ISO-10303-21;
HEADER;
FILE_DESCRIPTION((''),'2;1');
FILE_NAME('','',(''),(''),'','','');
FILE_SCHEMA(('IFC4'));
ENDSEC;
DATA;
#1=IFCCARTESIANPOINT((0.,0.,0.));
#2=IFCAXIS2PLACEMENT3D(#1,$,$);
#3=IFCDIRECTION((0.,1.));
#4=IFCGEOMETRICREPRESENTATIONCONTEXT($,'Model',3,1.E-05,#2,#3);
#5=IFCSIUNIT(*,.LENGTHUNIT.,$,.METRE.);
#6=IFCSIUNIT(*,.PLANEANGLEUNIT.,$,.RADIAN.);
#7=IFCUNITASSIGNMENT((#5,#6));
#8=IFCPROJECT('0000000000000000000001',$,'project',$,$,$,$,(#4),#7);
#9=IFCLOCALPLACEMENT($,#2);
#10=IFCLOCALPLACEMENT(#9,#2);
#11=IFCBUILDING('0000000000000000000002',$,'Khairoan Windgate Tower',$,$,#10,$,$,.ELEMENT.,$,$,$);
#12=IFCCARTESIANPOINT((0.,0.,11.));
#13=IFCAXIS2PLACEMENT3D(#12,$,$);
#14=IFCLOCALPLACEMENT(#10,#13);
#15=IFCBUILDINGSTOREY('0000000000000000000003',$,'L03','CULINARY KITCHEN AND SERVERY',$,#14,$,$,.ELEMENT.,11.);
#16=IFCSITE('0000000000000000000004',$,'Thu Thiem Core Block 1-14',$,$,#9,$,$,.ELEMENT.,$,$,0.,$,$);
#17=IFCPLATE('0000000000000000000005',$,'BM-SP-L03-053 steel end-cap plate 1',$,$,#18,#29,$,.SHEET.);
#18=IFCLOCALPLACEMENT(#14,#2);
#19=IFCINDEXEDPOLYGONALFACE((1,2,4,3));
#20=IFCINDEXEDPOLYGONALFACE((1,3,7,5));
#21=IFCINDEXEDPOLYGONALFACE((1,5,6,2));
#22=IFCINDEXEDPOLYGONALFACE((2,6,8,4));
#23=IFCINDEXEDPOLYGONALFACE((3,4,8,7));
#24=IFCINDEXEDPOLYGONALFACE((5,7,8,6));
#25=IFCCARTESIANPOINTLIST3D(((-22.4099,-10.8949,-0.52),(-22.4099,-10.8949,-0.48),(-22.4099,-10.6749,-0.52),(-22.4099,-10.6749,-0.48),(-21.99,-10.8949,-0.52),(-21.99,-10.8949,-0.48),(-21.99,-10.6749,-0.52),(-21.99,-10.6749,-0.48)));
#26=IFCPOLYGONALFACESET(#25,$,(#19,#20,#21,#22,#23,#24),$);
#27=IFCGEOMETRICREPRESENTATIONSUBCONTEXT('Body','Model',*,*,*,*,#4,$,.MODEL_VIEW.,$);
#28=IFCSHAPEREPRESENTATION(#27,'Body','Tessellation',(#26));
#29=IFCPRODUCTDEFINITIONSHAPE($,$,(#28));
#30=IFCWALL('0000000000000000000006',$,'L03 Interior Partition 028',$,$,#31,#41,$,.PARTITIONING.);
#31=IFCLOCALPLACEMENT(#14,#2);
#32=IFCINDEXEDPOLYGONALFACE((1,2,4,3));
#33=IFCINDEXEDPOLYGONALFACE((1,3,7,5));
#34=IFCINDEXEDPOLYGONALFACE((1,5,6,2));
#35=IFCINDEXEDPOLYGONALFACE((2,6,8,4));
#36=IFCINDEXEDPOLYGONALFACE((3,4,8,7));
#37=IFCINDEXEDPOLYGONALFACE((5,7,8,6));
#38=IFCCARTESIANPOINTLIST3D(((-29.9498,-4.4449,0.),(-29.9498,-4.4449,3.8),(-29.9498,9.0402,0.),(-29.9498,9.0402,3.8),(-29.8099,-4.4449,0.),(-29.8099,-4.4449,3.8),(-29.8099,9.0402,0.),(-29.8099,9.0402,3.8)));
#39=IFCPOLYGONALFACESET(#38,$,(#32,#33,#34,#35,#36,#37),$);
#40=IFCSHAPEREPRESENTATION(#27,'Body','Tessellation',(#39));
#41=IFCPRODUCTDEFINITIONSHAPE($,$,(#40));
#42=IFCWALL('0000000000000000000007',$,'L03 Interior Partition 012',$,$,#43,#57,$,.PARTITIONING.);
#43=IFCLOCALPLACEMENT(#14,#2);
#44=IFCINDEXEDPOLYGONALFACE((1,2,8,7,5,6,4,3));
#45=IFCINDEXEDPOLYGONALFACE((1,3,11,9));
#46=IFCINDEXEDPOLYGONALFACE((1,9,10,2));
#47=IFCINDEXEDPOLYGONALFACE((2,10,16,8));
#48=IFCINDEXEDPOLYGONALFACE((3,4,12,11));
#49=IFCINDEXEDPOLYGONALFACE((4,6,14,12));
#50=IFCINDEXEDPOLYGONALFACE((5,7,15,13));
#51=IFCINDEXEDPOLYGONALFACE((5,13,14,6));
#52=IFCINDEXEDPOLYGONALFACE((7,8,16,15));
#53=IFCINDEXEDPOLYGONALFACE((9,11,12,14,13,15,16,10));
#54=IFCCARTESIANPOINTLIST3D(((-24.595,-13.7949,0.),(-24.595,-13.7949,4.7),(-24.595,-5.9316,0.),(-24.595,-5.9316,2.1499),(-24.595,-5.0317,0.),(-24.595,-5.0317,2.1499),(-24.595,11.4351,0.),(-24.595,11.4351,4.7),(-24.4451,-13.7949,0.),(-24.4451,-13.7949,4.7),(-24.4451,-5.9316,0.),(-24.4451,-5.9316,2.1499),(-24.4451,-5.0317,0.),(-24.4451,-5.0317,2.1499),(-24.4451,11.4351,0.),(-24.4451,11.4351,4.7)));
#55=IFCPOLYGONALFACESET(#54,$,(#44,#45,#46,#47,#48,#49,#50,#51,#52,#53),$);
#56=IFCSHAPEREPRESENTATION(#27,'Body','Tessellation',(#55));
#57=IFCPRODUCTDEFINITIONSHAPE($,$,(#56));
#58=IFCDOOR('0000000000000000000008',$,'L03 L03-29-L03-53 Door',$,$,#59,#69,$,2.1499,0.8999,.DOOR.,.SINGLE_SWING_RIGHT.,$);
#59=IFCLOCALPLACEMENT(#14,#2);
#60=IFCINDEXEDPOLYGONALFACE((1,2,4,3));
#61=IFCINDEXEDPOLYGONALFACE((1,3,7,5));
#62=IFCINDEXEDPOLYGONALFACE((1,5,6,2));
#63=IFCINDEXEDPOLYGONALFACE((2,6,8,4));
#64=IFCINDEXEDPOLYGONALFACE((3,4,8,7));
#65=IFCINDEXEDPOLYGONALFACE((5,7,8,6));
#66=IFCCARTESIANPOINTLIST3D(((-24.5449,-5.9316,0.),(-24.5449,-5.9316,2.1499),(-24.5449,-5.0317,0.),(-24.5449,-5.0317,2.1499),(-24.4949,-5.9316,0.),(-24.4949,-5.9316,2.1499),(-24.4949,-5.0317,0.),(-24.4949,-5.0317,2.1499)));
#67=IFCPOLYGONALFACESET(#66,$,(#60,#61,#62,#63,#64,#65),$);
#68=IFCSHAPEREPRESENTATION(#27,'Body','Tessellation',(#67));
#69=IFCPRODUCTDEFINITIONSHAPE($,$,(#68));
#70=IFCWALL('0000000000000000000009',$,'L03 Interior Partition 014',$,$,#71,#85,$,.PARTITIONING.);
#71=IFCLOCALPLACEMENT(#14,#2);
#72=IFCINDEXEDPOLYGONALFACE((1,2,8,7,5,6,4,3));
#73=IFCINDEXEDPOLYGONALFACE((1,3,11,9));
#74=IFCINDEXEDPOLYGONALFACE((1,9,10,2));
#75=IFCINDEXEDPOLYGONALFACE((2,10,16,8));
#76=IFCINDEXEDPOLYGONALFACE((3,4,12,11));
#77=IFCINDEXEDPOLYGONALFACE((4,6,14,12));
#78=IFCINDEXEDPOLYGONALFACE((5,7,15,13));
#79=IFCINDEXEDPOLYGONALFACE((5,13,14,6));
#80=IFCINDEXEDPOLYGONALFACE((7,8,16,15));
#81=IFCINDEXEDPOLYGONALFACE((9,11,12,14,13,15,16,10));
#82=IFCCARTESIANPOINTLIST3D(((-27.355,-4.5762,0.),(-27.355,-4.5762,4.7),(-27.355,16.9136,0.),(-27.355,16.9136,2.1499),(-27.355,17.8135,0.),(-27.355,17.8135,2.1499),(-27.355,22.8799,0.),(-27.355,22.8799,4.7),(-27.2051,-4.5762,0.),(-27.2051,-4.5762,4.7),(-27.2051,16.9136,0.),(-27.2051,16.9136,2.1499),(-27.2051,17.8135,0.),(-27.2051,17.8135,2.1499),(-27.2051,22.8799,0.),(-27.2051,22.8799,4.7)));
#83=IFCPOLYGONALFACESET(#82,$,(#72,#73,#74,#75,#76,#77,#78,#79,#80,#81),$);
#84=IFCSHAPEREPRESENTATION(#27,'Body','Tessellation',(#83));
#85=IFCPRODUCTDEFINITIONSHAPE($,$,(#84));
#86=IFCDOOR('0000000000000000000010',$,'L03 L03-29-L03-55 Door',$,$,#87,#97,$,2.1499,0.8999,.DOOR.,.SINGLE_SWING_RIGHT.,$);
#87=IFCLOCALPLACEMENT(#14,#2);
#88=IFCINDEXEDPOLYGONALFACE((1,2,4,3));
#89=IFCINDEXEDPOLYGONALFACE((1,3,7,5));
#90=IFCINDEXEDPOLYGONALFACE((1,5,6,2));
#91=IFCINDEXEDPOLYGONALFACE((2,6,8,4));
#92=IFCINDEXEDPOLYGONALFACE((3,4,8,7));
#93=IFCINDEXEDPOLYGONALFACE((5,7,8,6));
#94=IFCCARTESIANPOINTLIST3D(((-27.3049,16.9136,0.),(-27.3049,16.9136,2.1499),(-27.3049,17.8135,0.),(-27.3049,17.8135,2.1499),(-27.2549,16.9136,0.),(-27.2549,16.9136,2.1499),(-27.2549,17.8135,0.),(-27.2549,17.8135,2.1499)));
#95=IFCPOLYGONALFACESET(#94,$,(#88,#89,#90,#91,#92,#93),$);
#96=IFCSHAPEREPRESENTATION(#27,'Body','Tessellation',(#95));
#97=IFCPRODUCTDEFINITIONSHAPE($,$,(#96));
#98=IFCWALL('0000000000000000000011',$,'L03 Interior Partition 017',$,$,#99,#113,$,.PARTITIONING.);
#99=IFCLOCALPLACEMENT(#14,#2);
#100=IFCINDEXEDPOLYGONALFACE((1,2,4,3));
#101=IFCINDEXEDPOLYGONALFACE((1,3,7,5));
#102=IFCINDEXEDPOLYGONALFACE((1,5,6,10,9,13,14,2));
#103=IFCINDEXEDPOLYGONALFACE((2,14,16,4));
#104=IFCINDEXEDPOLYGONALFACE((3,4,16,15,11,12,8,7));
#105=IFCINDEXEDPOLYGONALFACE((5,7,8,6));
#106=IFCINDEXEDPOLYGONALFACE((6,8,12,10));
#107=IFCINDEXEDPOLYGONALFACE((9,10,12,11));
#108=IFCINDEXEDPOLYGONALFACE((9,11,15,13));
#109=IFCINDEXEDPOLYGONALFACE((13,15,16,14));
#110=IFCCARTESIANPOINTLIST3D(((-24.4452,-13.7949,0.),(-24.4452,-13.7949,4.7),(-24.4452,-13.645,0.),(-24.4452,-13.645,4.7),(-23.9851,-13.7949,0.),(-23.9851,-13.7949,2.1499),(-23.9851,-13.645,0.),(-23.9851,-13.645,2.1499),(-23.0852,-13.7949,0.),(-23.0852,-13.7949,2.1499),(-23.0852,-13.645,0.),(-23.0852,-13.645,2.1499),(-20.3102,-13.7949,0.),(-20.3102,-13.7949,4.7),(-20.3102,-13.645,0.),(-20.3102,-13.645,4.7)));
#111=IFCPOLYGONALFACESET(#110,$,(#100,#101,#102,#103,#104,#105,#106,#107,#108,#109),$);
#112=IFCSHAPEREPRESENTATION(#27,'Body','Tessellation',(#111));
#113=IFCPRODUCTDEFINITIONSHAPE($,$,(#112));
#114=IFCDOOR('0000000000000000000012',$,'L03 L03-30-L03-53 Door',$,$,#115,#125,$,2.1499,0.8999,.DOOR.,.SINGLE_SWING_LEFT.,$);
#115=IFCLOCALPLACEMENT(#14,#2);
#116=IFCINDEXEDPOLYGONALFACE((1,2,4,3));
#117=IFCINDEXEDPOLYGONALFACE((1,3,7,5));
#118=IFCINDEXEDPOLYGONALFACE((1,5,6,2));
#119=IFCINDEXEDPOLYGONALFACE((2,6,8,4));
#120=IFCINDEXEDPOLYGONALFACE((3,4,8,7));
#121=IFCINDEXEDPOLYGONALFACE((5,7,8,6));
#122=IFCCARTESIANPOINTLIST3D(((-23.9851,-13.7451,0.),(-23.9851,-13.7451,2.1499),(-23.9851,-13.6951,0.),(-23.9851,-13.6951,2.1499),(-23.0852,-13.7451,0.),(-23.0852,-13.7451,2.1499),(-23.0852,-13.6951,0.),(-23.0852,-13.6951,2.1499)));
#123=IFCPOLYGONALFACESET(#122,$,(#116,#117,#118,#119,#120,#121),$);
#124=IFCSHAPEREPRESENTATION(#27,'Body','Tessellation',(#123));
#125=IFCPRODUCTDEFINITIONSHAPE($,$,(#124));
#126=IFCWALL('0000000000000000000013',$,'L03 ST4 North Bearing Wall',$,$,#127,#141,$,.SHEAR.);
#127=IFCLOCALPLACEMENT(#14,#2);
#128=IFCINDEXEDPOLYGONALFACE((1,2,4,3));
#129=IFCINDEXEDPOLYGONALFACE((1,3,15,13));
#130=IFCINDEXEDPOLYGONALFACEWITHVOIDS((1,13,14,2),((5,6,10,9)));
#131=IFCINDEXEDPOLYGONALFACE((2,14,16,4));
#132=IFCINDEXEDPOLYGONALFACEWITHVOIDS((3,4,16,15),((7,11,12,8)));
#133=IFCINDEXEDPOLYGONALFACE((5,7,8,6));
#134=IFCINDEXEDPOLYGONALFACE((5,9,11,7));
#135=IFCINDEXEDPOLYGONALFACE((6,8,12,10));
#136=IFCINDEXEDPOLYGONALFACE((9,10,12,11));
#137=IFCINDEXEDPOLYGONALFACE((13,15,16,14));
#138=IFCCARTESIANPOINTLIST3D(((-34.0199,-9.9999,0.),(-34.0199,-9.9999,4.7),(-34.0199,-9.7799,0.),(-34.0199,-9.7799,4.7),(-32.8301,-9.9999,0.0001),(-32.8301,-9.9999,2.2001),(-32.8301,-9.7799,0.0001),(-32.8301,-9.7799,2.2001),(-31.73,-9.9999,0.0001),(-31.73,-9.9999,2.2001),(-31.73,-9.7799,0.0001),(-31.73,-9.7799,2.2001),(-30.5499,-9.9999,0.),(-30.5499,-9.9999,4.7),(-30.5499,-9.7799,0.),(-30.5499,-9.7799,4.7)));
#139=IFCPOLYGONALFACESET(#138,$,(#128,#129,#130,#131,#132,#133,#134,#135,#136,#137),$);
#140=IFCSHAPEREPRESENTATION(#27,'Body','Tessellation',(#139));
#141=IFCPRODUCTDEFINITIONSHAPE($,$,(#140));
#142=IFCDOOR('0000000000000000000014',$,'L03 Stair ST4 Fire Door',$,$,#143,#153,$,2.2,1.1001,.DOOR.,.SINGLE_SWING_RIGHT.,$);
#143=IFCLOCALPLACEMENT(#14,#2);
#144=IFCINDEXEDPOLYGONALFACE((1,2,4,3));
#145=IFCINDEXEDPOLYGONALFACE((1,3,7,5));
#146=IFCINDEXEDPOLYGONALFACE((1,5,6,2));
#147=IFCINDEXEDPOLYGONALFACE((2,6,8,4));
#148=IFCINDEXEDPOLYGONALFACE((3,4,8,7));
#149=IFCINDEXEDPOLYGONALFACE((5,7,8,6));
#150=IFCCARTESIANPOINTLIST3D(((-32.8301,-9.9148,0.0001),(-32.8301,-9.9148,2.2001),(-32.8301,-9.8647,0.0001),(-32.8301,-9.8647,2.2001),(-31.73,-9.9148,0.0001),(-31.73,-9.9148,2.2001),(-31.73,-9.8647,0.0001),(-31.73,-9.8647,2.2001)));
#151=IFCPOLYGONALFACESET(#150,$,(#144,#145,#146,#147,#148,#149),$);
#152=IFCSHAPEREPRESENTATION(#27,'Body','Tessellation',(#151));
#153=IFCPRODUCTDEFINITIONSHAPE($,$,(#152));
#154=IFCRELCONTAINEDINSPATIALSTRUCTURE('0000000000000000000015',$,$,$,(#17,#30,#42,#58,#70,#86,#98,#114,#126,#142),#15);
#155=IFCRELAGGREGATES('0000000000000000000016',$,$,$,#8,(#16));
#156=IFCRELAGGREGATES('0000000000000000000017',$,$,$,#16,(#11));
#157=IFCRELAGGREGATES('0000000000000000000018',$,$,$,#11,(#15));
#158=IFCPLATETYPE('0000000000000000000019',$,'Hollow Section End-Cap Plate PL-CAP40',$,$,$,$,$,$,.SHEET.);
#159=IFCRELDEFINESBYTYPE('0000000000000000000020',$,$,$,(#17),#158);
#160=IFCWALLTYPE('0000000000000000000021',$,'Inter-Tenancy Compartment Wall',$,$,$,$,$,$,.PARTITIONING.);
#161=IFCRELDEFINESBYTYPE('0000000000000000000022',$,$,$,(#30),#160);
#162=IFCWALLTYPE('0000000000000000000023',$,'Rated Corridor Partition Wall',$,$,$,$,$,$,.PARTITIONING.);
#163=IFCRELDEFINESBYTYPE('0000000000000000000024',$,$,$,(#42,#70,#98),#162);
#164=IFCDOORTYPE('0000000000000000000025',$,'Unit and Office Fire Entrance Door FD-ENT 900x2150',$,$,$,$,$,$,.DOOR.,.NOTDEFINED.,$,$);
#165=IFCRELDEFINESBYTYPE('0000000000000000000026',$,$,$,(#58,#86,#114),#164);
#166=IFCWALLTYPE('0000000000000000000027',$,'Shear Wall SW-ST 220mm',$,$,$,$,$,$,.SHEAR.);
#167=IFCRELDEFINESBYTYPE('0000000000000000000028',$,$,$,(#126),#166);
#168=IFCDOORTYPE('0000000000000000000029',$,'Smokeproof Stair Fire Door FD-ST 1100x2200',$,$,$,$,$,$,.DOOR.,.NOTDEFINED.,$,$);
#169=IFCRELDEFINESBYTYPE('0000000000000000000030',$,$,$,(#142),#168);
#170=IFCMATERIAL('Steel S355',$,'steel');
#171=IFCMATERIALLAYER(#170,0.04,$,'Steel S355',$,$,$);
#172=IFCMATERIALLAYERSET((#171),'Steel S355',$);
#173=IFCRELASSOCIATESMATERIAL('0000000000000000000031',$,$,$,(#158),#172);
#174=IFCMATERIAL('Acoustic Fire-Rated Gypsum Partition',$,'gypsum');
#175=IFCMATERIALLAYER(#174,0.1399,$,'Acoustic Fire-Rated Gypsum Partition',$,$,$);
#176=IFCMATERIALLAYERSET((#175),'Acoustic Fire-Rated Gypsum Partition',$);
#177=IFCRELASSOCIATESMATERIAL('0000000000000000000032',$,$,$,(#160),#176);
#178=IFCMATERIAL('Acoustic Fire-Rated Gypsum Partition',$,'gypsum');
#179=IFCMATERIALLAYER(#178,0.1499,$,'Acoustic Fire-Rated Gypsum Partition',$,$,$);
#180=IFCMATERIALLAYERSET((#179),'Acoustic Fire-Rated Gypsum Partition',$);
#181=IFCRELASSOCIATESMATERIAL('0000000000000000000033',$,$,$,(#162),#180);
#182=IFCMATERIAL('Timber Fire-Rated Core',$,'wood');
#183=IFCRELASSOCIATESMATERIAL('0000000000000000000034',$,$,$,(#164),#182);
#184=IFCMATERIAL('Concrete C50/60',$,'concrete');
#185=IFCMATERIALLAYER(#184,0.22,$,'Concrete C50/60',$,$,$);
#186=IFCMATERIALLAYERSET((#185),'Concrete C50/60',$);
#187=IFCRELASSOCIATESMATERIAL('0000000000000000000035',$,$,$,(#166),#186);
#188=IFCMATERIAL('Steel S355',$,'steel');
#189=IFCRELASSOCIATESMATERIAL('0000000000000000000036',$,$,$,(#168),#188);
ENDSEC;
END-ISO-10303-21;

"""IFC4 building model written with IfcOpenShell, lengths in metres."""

from ifc_helpers import new_model, si_unit, direction, frame, frame_2d, origin, origin_2d, place, context, subcontext, project, spatial, rectangle, extrude, material, layer, layer_set, type_object, element, fill, save


model = new_model("IFC4")

# Units and contexts
model_context = context("Model", 3, precision=1e-05, world=origin(), true_north=direction((0.0, 1.0)))
body_context = subcontext(model_context, "Body", "Model", "MODEL_VIEW")
ifc_project = project(units=[si_unit("LENGTHUNIT", "METRE"), si_unit("PLANEANGLEUNIT", "RADIAN")], contexts=[model_context])

# Site, building, storey
site_placement = place(None, origin())
site = spatial("IfcSite", under=ifc_project, at=site_placement, Name="Thu Thiem Core Block 1-14", CompositionType="ELEMENT", RefElevation=0.0)
building_placement = place(site_placement, origin())
building = spatial("IfcBuilding", under=site, at=building_placement, Name="Khairoan Windgate Tower", CompositionType="ELEMENT")
storey_placement = place(building_placement, frame((0.0, 0.0, 11.0)))
storey = spatial("IfcBuildingStorey", under=building, at=storey_placement, Name="L03", Description="CULINARY KITCHEN AND SERVERY", CompositionType="ELEMENT", Elevation=11.0)

# Plate
ifc_material_1 = material(Name="Steel S355", Category="steel")
ifc_layer_1 = layer(ifc_material_1, 0.04, Name="Steel S355")
ifc_layer_set_1 = layer_set([ifc_layer_1], Name="Steel S355")
plate_type = type_object("IfcPlateType", Name="Hollow Section End-Cap Plate PL-CAP40", PredefinedType="SHEET", material=ifc_layer_set_1)
plate_placement = place(storey_placement, frame((-22.2, -10.7849, -0.52), z_axis=(0.0, 0.0, 1.0), x_axis=(0.0, 1.0, 0.0)))
element("IfcPlate", 1, at=plate_placement, inside=storey, type_object=plate_type, Name="BM-SP-L03-053 steel end-cap plate 1", PredefinedType="SHEET", context=body_context, shape_type="SweptSolid", body=[
    extrude(rectangle(XDim=0.22, YDim=0.4199, at=origin_2d()), origin(), (0.0, 0.0, 1.0), 0.04),
])

# Wall
ifc_material_2 = material(Name="Acoustic Fire-Rated Gypsum Partition", Category="gypsum")
ifc_layer_2 = layer(ifc_material_2, 0.1399, Name="Acoustic Fire-Rated Gypsum Partition")
ifc_layer_set_2 = layer_set([ifc_layer_2], Name="Acoustic Fire-Rated Gypsum Partition")
wall_type_1 = type_object("IfcWallType", Name="Inter-Tenancy Compartment Wall", PredefinedType="PARTITIONING", material=ifc_layer_set_2)
wall_1_placement = place(storey_placement, frame((-29.8799, -4.4451, 0.0), z_axis=(0.0, 0.0, 1.0), x_axis=(0.0, 1.0, 0.0)))
element("IfcWall", 2, at=wall_1_placement, inside=storey, type_object=wall_type_1, Name="L03 Interior Partition 028", PredefinedType="PARTITIONING", context=body_context, shape_type="SweptSolid", body=[
    extrude(rectangle(XDim=13.4851, YDim=0.1399, at=frame_2d((6.7427, 0.0))), origin(), (0.0, 0.0, 1.0), 3.8),
])

# Walls, openings, doors
ifc_material_3 = material(Name="Acoustic Fire-Rated Gypsum Partition", Category="gypsum")
ifc_layer_3 = layer(ifc_material_3, 0.1499, Name="Acoustic Fire-Rated Gypsum Partition")
ifc_layer_set_3 = layer_set([ifc_layer_3], Name="Acoustic Fire-Rated Gypsum Partition")
wall_type_2 = type_object("IfcWallType", Name="Rated Corridor Partition Wall", PredefinedType="PARTITIONING", material=ifc_layer_set_3)
wall_2_placement = place(storey_placement, frame((-24.52, -13.7949, 0.0), z_axis=(0.0, 0.0, 1.0), x_axis=(0.0, 1.0, 0.0)))
wall_2 = element("IfcWall", 3, at=wall_2_placement, inside=storey, type_object=wall_type_2, Name="L03 Interior Partition 012", PredefinedType="PARTITIONING", context=body_context, shape_type="SweptSolid", body=[
    extrude(rectangle(XDim=25.23, YDim=0.1499, at=frame_2d((12.615, 0.0))), origin(), (0.0, 0.0, 1.0), 4.7),
])
opening_1_placement = place(wall_2_placement, frame((7.8633, 0.0, 0.0)))
opening_1 = element("IfcOpeningElement", 4, at=opening_1_placement, cuts=wall_2, PredefinedType="OPENING", context=body_context, shape_type="SweptSolid", body=[
    extrude(rectangle(XDim=0.8999, YDim=2.1499, at=frame_2d((0.45, 1.075))), frame((0.0, 0.085, 0.0), z_axis=(0.0, -1.0, 0.0), x_axis=(1.0, 0.0, 0.0)), (0.0, 0.0, 1.0), 0.1699),
])
ifc_material_4 = material(Name="Timber Fire-Rated Core", Category="wood")
door_type_1 = type_object("IfcDoorType", Name="Unit and Office Fire Entrance Door FD-ENT 900x2150", OperationType="NOTDEFINED", PredefinedType="DOOR", material=ifc_material_4)
door_1_placement = place(opening_1_placement, origin())
door_1 = element("IfcDoor", 5, at=door_1_placement, inside=storey, type_object=door_type_1, Name="L03 L03-29-L03-53 Door", OperationType="SINGLE_SWING_RIGHT", OverallHeight=2.1499, OverallWidth=0.8999, PredefinedType="DOOR", context=body_context, shape_type="SweptSolid", body=[
    extrude(rectangle(XDim=0.8999, YDim=2.1499, at=frame_2d((0.45, 1.075))), frame((0.0, 0.0249, 0.0), z_axis=(0.0, -1.0, 0.0), x_axis=(1.0, 0.0, 0.0)), (0.0, 0.0, 1.0), 0.05),
])
fill(opening_1, door_1)
wall_3_placement = place(storey_placement, frame((-27.28, -4.5762, 0.0), z_axis=(0.0, 0.0, 1.0), x_axis=(0.0, 1.0, 0.0)))
wall_3 = element("IfcWall", 6, at=wall_3_placement, inside=storey, type_object=wall_type_2, Name="L03 Interior Partition 014", PredefinedType="PARTITIONING", context=body_context, shape_type="SweptSolid", body=[
    extrude(rectangle(XDim=27.4561, YDim=0.1499, at=frame_2d((13.728, 0.0))), origin(), (0.0, 0.0, 1.0), 4.7),
])
opening_2_placement = place(wall_3_placement, frame((21.4897, 0.0, 0.0)))
opening_2 = element("IfcOpeningElement", 7, at=opening_2_placement, cuts=wall_3, PredefinedType="OPENING", context=body_context, shape_type="SweptSolid", body=[
    extrude(rectangle(XDim=0.8999, YDim=2.1499, at=frame_2d((0.45, 1.075))), frame((0.0, 0.085, 0.0), z_axis=(0.0, -1.0, 0.0), x_axis=(1.0, 0.0, 0.0)), (0.0, 0.0, 1.0), 0.1699),
])
door_2_placement = place(opening_2_placement, origin())
door_2 = element("IfcDoor", 8, at=door_2_placement, inside=storey, type_object=door_type_1, Name="L03 L03-29-L03-55 Door", OperationType="SINGLE_SWING_RIGHT", OverallHeight=2.1499, OverallWidth=0.8999, PredefinedType="DOOR", context=body_context, shape_type="SweptSolid", body=[
    extrude(rectangle(XDim=0.8999, YDim=2.1499, at=frame_2d((0.45, 1.075))), frame((0.0, 0.0249, 0.0), z_axis=(0.0, -1.0, 0.0), x_axis=(1.0, 0.0, 0.0)), (0.0, 0.0, 1.0), 0.05),
])
fill(opening_2, door_2)
wall_4_placement = place(storey_placement, frame((-24.4451, -13.72, 0.0), z_axis=(0.0, 0.0, 1.0), x_axis=(1.0, 0.0, 0.0)))
wall_4 = element("IfcWall", 9, at=wall_4_placement, inside=storey, type_object=wall_type_2, Name="L03 Interior Partition 017", PredefinedType="PARTITIONING", context=body_context, shape_type="SweptSolid", body=[
    extrude(rectangle(XDim=4.135, YDim=0.1499, at=frame_2d((2.0674, 0.0))), origin(), (0.0, 0.0, 1.0), 4.7),
])
opening_3_placement = place(wall_4_placement, frame((0.46, 0.0, 0.0)))
opening_3 = element("IfcOpeningElement", 10, at=opening_3_placement, cuts=wall_4, PredefinedType="OPENING", context=body_context, shape_type="SweptSolid", body=[
    extrude(rectangle(XDim=0.8999, YDim=2.1499, at=frame_2d((0.45, 1.075))), frame((0.0, 0.085, 0.0), z_axis=(0.0, -1.0, 0.0), x_axis=(1.0, 0.0, 0.0)), (0.0, 0.0, 1.0), 0.1699),
])
door_3_placement = place(opening_3_placement, origin())
door_3 = element("IfcDoor", 11, at=door_3_placement, inside=storey, type_object=door_type_1, Name="L03 L03-30-L03-53 Door", OperationType="SINGLE_SWING_LEFT", OverallHeight=2.1499, OverallWidth=0.8999, PredefinedType="DOOR", context=body_context, shape_type="SweptSolid", body=[
    extrude(rectangle(XDim=0.8999, YDim=2.1499, at=frame_2d((0.45, 1.075))), frame((0.0, 0.0249, 0.0), z_axis=(0.0, -1.0, 0.0), x_axis=(1.0, 0.0, 0.0)), (0.0, 0.0, 1.0), 0.05),
])
fill(opening_3, door_3)
ifc_material_5 = material(Name="Concrete C50/60", Category="concrete")
ifc_layer_4 = layer(ifc_material_5, 0.22, Name="Concrete C50/60")
ifc_layer_set_4 = layer_set([ifc_layer_4], Name="Concrete C50/60")
wall_type_3 = type_object("IfcWallType", Name="Shear Wall SW-ST 220mm", PredefinedType="SHEAR", material=ifc_layer_set_4)
wall_5_placement = place(storey_placement, frame((-30.55, -9.8899, 0.0), z_axis=(0.0, 0.0, 1.0), x_axis=(-1.0, 0.0, 0.0)))
wall_5 = element("IfcWall", 12, at=wall_5_placement, inside=storey, type_object=wall_type_3, Name="L03 ST4 North Bearing Wall", PredefinedType="SHEAR", context=body_context, shape_type="SweptSolid", body=[
    extrude(rectangle(XDim=3.47, YDim=0.22, at=frame_2d((1.7349, 0.0))), origin(), (0.0, 0.0, 1.0), 4.7),
])
opening_4_placement = place(wall_5_placement, frame((1.1799, 0.0, 0.0)))
opening_4 = element("IfcOpeningElement", 13, at=opening_4_placement, cuts=wall_5, PredefinedType="OPENING", context=body_context, shape_type="SweptSolid", body=[
    extrude(rectangle(XDim=1.1001, YDim=2.2, at=frame_2d((0.55, 1.1001))), frame((0.0, 0.1199, 0.0), z_axis=(0.0, -1.0, 0.0), x_axis=(1.0, 0.0, 0.0)), (0.0, 0.0, 1.0), 0.24),
])
ifc_material_6 = material(Name="Steel S355", Category="steel")
door_type_2 = type_object("IfcDoorType", Name="Smokeproof Stair Fire Door FD-ST 1100x2200", OperationType="NOTDEFINED", PredefinedType="DOOR", material=ifc_material_6)
door_4_placement = place(opening_4_placement, origin())
door_4 = element("IfcDoor", 14, at=door_4_placement, inside=storey, type_object=door_type_2, Name="L03 Stair ST4 Fire Door", OperationType="SINGLE_SWING_RIGHT", OverallHeight=2.2, OverallWidth=1.1001, PredefinedType="DOOR", context=body_context, shape_type="SweptSolid", body=[
    extrude(rectangle(XDim=1.1001, YDim=2.2, at=frame_2d((0.55, 1.1001))), frame((0.0, 0.0249, 0.0), z_axis=(0.0, -1.0, 0.0), x_axis=(1.0, 0.0, 0.0)), (0.0, 0.0, 1.0), 0.05),
])
fill(opening_4, door_4)

save(model, "model.ifc")
